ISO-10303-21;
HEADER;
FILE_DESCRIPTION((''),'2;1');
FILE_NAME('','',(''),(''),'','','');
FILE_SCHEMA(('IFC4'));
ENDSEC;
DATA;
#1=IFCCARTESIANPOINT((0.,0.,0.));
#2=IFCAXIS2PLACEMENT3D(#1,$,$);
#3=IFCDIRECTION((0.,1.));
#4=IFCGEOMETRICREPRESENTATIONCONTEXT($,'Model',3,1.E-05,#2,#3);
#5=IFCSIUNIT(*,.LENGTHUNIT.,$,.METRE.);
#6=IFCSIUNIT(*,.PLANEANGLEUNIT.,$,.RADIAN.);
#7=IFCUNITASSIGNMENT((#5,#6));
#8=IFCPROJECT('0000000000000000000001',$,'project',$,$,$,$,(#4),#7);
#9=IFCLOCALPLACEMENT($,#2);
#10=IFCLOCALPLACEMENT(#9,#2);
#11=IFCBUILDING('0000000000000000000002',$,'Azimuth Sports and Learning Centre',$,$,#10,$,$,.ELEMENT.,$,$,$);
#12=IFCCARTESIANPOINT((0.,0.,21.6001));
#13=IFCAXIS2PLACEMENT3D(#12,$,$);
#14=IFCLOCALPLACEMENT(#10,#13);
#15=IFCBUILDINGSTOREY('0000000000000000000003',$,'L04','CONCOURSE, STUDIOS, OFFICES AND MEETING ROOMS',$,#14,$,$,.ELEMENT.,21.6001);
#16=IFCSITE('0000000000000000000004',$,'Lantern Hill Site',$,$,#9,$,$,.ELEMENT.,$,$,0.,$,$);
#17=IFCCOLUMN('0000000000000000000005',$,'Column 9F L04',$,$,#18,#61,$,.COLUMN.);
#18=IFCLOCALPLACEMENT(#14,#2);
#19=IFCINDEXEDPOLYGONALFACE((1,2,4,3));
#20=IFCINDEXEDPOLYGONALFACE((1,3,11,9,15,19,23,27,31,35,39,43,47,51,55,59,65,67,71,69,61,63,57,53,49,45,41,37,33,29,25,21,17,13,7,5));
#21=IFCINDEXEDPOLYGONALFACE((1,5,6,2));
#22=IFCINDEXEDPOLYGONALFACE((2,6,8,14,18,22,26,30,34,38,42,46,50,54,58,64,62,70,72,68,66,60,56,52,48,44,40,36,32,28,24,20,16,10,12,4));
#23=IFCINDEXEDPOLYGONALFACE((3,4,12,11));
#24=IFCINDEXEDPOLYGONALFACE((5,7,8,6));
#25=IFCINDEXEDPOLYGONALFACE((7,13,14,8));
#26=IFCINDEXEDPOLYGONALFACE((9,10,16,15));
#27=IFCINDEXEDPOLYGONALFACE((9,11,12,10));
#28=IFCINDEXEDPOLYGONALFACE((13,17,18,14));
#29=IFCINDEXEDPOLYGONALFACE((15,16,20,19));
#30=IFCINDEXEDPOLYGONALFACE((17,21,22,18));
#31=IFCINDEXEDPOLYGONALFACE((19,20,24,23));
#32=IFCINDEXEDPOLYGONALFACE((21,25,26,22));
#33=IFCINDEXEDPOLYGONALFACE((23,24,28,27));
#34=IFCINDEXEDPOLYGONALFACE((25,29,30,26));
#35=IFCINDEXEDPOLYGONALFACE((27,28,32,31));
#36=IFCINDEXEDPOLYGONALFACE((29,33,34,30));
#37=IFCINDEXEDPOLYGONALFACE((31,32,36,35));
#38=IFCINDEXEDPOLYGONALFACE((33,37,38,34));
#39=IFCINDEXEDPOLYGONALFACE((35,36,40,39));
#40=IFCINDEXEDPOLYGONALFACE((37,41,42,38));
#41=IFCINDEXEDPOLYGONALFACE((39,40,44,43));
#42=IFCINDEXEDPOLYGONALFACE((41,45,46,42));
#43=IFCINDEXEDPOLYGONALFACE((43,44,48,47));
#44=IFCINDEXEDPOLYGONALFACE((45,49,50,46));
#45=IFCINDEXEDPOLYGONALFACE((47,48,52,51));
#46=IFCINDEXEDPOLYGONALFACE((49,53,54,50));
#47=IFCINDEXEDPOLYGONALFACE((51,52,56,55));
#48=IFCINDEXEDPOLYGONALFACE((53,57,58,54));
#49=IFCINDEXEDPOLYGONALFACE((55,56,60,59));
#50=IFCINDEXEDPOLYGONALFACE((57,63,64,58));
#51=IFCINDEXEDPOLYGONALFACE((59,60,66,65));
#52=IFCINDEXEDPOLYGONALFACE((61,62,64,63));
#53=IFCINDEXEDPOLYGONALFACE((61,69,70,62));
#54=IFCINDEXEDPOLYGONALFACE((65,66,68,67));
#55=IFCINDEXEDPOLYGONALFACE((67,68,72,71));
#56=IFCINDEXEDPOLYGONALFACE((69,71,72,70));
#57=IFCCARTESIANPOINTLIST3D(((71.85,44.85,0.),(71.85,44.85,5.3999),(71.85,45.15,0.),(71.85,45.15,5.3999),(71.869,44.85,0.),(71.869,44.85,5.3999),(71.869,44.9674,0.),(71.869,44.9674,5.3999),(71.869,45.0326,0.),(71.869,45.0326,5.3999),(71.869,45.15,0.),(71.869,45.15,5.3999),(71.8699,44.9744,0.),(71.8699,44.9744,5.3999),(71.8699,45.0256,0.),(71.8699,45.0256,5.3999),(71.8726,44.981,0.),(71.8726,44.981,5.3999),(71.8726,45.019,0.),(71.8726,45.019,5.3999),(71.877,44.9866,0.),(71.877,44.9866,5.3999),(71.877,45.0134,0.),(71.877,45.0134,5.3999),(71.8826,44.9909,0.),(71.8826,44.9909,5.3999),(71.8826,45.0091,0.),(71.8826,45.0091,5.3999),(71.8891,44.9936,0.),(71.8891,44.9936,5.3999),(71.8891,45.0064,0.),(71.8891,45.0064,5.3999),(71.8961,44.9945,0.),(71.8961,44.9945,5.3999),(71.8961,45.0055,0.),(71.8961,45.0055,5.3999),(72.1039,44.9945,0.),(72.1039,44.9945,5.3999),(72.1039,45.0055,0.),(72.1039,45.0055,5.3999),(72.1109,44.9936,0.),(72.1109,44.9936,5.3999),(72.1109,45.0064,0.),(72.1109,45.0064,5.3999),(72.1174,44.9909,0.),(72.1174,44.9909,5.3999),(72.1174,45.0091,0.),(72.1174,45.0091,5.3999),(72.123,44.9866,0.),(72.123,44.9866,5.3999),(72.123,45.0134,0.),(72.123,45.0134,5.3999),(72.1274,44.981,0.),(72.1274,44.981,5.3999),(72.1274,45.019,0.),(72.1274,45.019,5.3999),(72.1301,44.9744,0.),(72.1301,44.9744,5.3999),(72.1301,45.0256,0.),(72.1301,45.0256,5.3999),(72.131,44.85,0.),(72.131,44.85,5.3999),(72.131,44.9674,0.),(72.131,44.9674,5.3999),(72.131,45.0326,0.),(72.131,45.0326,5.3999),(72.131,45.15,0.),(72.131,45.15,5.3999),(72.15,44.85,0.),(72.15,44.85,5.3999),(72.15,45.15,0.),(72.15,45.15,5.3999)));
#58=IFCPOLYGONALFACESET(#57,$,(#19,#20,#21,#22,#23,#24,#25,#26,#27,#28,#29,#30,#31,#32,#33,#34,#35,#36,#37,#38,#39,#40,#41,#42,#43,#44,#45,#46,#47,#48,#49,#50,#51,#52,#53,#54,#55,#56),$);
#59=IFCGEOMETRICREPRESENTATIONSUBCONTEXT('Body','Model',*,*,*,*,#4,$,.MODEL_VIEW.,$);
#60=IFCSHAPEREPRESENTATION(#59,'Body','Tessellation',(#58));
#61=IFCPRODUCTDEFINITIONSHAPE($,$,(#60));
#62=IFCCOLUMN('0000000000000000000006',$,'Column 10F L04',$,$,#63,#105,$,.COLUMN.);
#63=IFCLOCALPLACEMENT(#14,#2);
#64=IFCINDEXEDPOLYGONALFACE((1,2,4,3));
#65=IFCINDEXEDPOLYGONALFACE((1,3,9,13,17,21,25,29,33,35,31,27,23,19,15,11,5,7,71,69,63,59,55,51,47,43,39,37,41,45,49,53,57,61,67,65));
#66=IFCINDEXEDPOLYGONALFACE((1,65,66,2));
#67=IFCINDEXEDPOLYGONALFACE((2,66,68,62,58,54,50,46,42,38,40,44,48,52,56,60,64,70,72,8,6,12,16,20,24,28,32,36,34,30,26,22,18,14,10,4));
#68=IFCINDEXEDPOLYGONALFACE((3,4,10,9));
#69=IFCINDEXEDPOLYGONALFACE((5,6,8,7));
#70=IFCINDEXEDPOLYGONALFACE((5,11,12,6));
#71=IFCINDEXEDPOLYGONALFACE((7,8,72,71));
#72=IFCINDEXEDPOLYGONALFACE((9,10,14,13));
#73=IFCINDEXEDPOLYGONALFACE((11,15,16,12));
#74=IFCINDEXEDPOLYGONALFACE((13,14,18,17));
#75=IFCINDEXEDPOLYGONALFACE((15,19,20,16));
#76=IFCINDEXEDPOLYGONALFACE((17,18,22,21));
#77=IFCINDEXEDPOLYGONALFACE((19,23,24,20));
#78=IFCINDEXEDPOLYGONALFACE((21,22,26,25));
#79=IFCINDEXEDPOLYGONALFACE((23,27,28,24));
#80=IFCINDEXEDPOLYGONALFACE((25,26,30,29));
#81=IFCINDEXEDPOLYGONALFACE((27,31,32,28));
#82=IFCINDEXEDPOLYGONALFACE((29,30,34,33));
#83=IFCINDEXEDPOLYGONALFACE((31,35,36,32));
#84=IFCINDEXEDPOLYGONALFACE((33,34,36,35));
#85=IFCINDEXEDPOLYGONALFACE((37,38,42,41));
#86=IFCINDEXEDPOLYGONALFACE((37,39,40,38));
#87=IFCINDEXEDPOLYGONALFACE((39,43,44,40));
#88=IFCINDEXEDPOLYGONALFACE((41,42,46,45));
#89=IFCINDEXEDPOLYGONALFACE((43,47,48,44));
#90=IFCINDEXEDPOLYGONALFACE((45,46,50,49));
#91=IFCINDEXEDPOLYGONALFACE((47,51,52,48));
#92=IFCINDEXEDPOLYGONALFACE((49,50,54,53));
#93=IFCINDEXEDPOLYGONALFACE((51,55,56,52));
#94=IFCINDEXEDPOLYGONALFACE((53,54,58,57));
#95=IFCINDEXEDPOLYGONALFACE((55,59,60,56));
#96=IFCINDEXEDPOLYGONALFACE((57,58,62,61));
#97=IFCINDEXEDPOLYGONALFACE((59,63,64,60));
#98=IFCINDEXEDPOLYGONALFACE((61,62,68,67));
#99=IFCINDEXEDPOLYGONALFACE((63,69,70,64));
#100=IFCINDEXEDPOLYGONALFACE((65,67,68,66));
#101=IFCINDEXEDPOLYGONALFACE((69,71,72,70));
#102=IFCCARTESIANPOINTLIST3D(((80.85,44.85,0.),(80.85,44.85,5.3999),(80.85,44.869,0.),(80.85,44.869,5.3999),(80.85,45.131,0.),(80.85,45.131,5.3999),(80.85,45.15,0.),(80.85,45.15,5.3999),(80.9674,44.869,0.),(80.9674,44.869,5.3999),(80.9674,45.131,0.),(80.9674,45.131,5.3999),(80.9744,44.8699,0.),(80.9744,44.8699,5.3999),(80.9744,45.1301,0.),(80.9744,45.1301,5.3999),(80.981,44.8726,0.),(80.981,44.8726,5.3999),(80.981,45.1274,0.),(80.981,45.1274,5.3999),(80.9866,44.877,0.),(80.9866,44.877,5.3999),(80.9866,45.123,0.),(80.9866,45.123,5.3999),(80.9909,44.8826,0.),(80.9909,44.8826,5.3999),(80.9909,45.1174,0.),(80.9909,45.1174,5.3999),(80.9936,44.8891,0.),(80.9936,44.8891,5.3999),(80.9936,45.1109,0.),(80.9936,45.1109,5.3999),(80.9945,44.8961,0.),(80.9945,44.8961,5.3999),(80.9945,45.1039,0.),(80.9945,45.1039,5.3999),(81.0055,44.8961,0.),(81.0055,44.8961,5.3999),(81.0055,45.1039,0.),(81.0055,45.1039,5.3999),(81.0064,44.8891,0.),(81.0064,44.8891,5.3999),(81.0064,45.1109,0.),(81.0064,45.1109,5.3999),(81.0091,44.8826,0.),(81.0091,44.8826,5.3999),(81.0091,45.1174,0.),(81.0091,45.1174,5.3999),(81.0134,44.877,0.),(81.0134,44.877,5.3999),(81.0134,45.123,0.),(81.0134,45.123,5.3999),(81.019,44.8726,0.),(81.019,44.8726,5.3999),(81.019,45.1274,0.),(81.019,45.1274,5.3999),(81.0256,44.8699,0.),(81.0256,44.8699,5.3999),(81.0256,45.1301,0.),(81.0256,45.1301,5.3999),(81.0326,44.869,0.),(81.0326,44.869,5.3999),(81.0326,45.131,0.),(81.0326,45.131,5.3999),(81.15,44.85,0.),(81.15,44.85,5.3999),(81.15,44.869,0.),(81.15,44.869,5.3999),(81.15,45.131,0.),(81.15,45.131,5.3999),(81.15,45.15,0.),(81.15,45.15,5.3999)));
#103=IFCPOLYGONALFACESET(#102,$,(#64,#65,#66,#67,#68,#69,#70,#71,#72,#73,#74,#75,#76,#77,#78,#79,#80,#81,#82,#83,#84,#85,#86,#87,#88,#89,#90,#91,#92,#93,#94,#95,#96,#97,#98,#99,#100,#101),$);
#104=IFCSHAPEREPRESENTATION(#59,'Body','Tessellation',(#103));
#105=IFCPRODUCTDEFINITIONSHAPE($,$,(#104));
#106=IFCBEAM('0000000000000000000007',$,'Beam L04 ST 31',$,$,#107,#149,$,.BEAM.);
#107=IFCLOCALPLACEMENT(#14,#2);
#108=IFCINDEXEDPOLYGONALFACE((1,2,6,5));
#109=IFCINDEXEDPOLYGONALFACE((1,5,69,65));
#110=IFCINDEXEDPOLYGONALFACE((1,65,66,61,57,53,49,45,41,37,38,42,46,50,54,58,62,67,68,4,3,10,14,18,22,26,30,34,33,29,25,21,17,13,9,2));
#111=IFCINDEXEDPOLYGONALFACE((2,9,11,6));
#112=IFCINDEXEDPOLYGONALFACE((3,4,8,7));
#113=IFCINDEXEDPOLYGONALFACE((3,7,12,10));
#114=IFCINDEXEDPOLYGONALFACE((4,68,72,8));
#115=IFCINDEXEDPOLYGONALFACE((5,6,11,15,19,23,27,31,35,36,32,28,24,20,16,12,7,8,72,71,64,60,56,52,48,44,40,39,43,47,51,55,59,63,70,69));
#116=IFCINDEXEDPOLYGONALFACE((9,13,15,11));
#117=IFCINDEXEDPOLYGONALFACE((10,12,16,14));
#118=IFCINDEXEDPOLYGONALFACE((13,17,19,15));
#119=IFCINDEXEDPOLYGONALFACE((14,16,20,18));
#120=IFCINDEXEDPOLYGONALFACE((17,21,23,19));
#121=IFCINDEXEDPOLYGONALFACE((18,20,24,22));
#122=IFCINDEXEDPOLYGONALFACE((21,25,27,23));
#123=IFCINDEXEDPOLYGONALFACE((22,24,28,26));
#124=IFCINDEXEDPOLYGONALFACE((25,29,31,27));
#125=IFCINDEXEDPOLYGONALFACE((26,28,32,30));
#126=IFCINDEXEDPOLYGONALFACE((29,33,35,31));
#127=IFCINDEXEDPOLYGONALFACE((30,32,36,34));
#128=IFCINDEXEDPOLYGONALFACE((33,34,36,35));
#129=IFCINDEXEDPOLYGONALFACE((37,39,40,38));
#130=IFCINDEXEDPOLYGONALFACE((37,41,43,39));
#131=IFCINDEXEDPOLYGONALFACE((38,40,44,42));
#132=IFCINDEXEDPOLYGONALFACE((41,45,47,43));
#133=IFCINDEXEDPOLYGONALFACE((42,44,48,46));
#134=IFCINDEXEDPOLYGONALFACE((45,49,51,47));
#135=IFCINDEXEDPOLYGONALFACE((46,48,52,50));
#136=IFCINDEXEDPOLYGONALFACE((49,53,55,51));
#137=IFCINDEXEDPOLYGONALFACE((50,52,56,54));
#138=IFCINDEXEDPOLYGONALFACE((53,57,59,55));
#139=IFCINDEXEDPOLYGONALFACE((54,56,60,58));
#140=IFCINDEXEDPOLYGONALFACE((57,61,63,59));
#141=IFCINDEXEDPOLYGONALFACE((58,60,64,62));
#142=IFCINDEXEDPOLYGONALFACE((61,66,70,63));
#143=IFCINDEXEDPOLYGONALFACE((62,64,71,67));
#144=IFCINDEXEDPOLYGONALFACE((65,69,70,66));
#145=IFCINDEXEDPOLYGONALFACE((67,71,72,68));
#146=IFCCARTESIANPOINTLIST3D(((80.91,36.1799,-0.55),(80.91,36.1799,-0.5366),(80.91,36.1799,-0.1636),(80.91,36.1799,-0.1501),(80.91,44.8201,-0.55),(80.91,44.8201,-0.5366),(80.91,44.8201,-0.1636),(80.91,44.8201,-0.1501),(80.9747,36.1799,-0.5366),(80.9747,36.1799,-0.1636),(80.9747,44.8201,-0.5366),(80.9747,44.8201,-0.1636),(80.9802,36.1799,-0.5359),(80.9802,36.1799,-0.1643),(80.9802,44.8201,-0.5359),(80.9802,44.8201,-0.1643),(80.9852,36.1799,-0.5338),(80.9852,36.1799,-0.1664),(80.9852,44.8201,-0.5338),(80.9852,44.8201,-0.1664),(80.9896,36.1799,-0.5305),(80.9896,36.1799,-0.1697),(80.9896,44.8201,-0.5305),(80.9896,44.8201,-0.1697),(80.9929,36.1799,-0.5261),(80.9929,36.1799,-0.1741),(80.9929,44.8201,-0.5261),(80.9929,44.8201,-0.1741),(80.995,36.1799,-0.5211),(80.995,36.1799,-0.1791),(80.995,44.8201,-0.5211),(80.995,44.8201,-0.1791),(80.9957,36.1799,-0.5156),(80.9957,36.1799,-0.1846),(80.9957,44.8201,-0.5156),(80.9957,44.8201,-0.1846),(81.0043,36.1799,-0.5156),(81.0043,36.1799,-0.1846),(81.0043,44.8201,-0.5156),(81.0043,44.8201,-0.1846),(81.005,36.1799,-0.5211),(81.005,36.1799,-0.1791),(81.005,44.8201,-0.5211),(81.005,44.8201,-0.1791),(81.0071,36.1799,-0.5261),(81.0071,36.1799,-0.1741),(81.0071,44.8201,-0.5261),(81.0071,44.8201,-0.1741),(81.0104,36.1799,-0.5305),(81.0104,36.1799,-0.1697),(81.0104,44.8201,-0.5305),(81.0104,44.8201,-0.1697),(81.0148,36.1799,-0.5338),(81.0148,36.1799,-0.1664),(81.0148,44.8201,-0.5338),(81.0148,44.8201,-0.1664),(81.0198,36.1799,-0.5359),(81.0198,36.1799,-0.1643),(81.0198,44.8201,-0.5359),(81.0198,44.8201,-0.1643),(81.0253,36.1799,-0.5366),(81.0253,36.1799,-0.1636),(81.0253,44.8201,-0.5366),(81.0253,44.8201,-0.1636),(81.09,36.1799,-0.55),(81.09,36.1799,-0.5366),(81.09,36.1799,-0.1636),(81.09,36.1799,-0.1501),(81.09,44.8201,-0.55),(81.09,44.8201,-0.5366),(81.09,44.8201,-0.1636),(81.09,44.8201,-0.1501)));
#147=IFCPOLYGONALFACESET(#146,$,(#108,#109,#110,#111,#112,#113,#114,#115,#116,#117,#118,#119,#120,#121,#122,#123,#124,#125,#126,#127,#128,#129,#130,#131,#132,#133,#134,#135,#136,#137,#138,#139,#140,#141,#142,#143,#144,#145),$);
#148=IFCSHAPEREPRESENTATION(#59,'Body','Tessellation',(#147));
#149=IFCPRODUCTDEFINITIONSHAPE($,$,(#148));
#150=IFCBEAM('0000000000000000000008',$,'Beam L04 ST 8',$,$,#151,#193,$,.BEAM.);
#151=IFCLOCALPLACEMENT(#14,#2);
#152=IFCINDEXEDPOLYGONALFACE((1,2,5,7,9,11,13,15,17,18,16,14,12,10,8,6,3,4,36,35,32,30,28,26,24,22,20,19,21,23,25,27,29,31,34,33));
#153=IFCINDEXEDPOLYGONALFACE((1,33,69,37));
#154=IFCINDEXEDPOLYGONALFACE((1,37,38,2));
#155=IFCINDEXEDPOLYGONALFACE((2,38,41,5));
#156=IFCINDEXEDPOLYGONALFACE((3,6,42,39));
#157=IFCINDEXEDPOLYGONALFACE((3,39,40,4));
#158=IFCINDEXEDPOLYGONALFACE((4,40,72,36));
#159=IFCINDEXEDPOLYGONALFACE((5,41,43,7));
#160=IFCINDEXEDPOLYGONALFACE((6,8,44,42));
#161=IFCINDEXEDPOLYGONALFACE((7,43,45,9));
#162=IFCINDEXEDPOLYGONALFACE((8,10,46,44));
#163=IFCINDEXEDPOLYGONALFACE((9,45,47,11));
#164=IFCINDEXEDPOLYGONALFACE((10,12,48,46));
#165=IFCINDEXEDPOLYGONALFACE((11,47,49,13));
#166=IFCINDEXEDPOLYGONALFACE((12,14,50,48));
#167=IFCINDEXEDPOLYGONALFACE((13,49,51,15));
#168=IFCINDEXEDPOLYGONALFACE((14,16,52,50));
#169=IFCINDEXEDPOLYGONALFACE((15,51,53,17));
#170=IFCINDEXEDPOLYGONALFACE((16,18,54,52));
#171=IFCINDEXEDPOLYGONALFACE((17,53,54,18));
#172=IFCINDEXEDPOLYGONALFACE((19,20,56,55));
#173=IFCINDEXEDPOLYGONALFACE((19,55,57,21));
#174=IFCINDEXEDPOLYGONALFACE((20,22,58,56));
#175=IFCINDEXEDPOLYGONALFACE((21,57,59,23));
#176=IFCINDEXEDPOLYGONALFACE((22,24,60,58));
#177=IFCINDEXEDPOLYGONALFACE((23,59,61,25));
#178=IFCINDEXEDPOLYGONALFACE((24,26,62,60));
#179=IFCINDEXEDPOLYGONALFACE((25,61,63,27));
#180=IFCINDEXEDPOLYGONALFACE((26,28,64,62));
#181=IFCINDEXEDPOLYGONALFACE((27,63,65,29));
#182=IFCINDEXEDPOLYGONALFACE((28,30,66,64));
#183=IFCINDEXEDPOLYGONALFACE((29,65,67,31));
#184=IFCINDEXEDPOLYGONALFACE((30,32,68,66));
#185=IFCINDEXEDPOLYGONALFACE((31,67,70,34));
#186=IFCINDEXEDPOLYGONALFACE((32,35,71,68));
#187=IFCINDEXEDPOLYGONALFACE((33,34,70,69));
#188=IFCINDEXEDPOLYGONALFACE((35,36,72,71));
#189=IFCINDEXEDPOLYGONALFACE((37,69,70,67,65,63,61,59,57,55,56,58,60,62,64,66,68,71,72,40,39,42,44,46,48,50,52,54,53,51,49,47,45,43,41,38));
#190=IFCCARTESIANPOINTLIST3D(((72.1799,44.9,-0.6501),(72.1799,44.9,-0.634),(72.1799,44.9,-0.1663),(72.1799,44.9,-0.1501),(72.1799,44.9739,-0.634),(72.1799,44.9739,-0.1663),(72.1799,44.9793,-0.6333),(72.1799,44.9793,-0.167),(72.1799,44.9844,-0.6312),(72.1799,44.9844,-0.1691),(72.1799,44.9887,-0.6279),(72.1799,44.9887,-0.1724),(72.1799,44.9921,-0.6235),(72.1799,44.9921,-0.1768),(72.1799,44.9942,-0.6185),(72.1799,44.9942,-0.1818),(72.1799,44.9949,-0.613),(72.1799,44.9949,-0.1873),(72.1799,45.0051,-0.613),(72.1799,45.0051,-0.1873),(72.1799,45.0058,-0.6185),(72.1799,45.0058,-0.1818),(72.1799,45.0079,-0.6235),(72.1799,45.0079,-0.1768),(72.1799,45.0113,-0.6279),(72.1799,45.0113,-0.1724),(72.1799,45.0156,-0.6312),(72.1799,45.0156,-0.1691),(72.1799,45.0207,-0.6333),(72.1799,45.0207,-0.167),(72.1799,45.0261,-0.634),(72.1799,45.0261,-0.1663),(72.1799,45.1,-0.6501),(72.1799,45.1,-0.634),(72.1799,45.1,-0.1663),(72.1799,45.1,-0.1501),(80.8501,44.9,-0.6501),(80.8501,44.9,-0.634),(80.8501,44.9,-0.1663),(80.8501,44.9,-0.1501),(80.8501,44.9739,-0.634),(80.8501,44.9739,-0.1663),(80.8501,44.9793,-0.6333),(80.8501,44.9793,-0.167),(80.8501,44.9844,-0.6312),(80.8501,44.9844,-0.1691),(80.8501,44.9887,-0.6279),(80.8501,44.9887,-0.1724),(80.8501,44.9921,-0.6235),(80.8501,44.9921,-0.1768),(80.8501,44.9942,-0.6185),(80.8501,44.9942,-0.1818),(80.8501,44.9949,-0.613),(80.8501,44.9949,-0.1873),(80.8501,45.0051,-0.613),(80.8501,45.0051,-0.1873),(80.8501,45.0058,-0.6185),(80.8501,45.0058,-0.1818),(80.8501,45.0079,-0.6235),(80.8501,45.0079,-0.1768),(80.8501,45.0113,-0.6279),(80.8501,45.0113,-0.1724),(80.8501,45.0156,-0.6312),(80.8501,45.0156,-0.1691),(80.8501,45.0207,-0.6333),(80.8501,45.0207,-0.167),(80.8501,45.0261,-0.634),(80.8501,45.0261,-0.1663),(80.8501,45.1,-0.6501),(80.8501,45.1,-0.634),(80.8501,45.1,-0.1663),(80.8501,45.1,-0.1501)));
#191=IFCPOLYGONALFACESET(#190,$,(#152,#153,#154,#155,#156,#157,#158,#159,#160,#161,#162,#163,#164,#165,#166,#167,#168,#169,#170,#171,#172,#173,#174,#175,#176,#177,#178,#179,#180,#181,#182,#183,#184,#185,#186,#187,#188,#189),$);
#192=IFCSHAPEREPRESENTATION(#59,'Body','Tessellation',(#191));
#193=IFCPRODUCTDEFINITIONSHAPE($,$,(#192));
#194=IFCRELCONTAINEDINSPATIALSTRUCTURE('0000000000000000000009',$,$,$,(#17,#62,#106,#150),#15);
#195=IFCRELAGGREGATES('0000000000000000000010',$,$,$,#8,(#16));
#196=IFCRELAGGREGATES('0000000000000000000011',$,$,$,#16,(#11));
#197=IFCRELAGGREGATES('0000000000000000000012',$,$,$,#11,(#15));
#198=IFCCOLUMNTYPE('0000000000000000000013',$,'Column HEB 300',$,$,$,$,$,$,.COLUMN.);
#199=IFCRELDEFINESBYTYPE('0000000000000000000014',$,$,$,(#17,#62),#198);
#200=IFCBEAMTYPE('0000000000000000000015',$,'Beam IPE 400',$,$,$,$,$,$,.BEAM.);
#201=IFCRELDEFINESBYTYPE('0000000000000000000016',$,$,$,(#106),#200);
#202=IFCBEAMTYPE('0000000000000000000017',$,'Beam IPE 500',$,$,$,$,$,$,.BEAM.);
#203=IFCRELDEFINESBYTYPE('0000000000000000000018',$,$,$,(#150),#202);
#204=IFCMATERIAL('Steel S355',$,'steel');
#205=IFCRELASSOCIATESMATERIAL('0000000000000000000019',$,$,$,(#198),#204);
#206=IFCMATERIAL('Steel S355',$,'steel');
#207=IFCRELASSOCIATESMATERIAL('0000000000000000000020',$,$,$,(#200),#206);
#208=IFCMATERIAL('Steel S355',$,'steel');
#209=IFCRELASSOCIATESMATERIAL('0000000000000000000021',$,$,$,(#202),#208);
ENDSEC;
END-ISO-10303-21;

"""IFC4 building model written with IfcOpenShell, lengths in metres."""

from ifc_helpers import new_model, si_unit, direction, frame, origin, origin_2d, place, context, subcontext, project, spatial, i_section, extrude, material, material_profile, profile_set, type_object, element, save


model = new_model("IFC4")

# Units and contexts
model_context = context("Model", 3, precision=1e-05, world=origin(), true_north=direction((0.0, 1.0)))
body_context = subcontext(model_context, "Body", "Model", "MODEL_VIEW")
ifc_project = project(units=[si_unit("LENGTHUNIT", "METRE"), si_unit("PLANEANGLEUNIT", "RADIAN")], contexts=[model_context])

# Site, building, storey
site_placement = place(None, origin())
site = spatial("IfcSite", under=ifc_project, at=site_placement, Name="Lantern Hill Site", CompositionType="ELEMENT", RefElevation=0.0)
building_placement = place(site_placement, origin())
building = spatial("IfcBuilding", under=site, at=building_placement, Name="Azimuth Sports and Learning Centre", CompositionType="ELEMENT")
storey_placement = place(building_placement, frame((0.0, 0.0, 21.6001)))
storey = spatial("IfcBuildingStorey", under=building, at=storey_placement, Name="L04", Description="CONCOURSE, STUDIOS, OFFICES AND MEETING ROOMS", CompositionType="ELEMENT", Elevation=21.6001)

# Columns
ifc_material_1 = material(Name="Steel S355", Category="steel")
ifc_material_profile_1 = material_profile(ifc_material_1, i_section(OverallWidth=0.3, OverallDepth=0.3, WebThickness=0.011, FlangeThickness=0.019, FilletRadius=0.0271, at=origin_2d()), Name="HEB 300")
ifc_profile_set_1 = profile_set([ifc_material_profile_1], Name="Steel S355")
column_type = type_object("IfcColumnType", Name="Column HEB 300", PredefinedType="COLUMN", material=ifc_profile_set_1)
for number, where, z_axis, x_axis, name in (
    (1, (72.0, 45.0, 0.0), (0.0, 0.0, 1.0), (0.0, 1.0, 0.0), "Column 9F L04"),
    (2, (81.0, 45.0, 0.0), (0.0, 0.0, 1.0), (1.0, 0.0, 0.0), "Column 10F L04"),
):
    element("IfcColumn", number, at=place(storey_placement, frame(where, z_axis=z_axis, x_axis=x_axis)), inside=storey, type_object=column_type, Name=name, PredefinedType="COLUMN", context=body_context, shape_type="SweptSolid", body=[
        extrude(i_section(OverallWidth=0.3, OverallDepth=0.3, WebThickness=0.011, FlangeThickness=0.019, FilletRadius=0.0271, at=origin_2d()), origin(), (0.0, 0.0, 1.0), 5.3999),
    ])

# Beams
ifc_material_2 = material(Name="Steel S355", Category="steel")
ifc_material_profile_2 = material_profile(ifc_material_2, i_section(OverallWidth=0.1799, OverallDepth=0.3999, WebThickness=0.0085, FlangeThickness=0.0134, FilletRadius=0.021, at=origin_2d()), Name="IPE 400")
ifc_profile_set_2 = profile_set([ifc_material_profile_2], Name="Steel S355")
beam_type_1 = type_object("IfcBeamType", Name="Beam IPE 400", PredefinedType="BEAM", material=ifc_profile_set_2)
beam_1_placement = place(storey_placement, frame((81.0, 36.1799, -0.3501), z_axis=(0.0, 1.0, 0.0), x_axis=(-1.0, 0.0, 0.0)))
element("IfcBeam", 3, at=beam_1_placement, inside=storey, type_object=beam_type_1, Name="Beam L04 ST 31", PredefinedType="BEAM", context=body_context, shape_type="SweptSolid", body=[
    extrude(i_section(OverallWidth=0.1799, OverallDepth=0.3999, WebThickness=0.0085, FlangeThickness=0.0134, FilletRadius=0.021, at=origin_2d()), origin(), (0.0, 0.0, 1.0), 8.6401),
])
ifc_material_3 = material(Name="Steel S355", Category="steel")
ifc_material_profile_3 = material_profile(ifc_material_3, i_section(OverallWidth=0.2, OverallDepth=0.5, WebThickness=0.0103, FlangeThickness=0.0161, FilletRadius=0.021, at=origin_2d()), Name="IPE 500")
ifc_profile_set_3 = profile_set([ifc_material_profile_3], Name="Steel S355")
beam_type_2 = type_object("IfcBeamType", Name="Beam IPE 500", PredefinedType="BEAM", material=ifc_profile_set_3)
beam_2_placement = place(storey_placement, frame((72.1799, 45.0, -0.4001), z_axis=(1.0, 0.0, 0.0), x_axis=(0.0, 1.0, 0.0)))
element("IfcBeam", 4, at=beam_2_placement, inside=storey, type_object=beam_type_2, Name="Beam L04 ST 8", PredefinedType="BEAM", context=body_context, shape_type="SweptSolid", body=[
    extrude(i_section(OverallWidth=0.2, OverallDepth=0.5, WebThickness=0.0103, FlangeThickness=0.0161, FilletRadius=0.021, at=origin_2d()), origin(), (0.0, 0.0, 1.0), 8.6702),
])

save(model, "model.ifc")
